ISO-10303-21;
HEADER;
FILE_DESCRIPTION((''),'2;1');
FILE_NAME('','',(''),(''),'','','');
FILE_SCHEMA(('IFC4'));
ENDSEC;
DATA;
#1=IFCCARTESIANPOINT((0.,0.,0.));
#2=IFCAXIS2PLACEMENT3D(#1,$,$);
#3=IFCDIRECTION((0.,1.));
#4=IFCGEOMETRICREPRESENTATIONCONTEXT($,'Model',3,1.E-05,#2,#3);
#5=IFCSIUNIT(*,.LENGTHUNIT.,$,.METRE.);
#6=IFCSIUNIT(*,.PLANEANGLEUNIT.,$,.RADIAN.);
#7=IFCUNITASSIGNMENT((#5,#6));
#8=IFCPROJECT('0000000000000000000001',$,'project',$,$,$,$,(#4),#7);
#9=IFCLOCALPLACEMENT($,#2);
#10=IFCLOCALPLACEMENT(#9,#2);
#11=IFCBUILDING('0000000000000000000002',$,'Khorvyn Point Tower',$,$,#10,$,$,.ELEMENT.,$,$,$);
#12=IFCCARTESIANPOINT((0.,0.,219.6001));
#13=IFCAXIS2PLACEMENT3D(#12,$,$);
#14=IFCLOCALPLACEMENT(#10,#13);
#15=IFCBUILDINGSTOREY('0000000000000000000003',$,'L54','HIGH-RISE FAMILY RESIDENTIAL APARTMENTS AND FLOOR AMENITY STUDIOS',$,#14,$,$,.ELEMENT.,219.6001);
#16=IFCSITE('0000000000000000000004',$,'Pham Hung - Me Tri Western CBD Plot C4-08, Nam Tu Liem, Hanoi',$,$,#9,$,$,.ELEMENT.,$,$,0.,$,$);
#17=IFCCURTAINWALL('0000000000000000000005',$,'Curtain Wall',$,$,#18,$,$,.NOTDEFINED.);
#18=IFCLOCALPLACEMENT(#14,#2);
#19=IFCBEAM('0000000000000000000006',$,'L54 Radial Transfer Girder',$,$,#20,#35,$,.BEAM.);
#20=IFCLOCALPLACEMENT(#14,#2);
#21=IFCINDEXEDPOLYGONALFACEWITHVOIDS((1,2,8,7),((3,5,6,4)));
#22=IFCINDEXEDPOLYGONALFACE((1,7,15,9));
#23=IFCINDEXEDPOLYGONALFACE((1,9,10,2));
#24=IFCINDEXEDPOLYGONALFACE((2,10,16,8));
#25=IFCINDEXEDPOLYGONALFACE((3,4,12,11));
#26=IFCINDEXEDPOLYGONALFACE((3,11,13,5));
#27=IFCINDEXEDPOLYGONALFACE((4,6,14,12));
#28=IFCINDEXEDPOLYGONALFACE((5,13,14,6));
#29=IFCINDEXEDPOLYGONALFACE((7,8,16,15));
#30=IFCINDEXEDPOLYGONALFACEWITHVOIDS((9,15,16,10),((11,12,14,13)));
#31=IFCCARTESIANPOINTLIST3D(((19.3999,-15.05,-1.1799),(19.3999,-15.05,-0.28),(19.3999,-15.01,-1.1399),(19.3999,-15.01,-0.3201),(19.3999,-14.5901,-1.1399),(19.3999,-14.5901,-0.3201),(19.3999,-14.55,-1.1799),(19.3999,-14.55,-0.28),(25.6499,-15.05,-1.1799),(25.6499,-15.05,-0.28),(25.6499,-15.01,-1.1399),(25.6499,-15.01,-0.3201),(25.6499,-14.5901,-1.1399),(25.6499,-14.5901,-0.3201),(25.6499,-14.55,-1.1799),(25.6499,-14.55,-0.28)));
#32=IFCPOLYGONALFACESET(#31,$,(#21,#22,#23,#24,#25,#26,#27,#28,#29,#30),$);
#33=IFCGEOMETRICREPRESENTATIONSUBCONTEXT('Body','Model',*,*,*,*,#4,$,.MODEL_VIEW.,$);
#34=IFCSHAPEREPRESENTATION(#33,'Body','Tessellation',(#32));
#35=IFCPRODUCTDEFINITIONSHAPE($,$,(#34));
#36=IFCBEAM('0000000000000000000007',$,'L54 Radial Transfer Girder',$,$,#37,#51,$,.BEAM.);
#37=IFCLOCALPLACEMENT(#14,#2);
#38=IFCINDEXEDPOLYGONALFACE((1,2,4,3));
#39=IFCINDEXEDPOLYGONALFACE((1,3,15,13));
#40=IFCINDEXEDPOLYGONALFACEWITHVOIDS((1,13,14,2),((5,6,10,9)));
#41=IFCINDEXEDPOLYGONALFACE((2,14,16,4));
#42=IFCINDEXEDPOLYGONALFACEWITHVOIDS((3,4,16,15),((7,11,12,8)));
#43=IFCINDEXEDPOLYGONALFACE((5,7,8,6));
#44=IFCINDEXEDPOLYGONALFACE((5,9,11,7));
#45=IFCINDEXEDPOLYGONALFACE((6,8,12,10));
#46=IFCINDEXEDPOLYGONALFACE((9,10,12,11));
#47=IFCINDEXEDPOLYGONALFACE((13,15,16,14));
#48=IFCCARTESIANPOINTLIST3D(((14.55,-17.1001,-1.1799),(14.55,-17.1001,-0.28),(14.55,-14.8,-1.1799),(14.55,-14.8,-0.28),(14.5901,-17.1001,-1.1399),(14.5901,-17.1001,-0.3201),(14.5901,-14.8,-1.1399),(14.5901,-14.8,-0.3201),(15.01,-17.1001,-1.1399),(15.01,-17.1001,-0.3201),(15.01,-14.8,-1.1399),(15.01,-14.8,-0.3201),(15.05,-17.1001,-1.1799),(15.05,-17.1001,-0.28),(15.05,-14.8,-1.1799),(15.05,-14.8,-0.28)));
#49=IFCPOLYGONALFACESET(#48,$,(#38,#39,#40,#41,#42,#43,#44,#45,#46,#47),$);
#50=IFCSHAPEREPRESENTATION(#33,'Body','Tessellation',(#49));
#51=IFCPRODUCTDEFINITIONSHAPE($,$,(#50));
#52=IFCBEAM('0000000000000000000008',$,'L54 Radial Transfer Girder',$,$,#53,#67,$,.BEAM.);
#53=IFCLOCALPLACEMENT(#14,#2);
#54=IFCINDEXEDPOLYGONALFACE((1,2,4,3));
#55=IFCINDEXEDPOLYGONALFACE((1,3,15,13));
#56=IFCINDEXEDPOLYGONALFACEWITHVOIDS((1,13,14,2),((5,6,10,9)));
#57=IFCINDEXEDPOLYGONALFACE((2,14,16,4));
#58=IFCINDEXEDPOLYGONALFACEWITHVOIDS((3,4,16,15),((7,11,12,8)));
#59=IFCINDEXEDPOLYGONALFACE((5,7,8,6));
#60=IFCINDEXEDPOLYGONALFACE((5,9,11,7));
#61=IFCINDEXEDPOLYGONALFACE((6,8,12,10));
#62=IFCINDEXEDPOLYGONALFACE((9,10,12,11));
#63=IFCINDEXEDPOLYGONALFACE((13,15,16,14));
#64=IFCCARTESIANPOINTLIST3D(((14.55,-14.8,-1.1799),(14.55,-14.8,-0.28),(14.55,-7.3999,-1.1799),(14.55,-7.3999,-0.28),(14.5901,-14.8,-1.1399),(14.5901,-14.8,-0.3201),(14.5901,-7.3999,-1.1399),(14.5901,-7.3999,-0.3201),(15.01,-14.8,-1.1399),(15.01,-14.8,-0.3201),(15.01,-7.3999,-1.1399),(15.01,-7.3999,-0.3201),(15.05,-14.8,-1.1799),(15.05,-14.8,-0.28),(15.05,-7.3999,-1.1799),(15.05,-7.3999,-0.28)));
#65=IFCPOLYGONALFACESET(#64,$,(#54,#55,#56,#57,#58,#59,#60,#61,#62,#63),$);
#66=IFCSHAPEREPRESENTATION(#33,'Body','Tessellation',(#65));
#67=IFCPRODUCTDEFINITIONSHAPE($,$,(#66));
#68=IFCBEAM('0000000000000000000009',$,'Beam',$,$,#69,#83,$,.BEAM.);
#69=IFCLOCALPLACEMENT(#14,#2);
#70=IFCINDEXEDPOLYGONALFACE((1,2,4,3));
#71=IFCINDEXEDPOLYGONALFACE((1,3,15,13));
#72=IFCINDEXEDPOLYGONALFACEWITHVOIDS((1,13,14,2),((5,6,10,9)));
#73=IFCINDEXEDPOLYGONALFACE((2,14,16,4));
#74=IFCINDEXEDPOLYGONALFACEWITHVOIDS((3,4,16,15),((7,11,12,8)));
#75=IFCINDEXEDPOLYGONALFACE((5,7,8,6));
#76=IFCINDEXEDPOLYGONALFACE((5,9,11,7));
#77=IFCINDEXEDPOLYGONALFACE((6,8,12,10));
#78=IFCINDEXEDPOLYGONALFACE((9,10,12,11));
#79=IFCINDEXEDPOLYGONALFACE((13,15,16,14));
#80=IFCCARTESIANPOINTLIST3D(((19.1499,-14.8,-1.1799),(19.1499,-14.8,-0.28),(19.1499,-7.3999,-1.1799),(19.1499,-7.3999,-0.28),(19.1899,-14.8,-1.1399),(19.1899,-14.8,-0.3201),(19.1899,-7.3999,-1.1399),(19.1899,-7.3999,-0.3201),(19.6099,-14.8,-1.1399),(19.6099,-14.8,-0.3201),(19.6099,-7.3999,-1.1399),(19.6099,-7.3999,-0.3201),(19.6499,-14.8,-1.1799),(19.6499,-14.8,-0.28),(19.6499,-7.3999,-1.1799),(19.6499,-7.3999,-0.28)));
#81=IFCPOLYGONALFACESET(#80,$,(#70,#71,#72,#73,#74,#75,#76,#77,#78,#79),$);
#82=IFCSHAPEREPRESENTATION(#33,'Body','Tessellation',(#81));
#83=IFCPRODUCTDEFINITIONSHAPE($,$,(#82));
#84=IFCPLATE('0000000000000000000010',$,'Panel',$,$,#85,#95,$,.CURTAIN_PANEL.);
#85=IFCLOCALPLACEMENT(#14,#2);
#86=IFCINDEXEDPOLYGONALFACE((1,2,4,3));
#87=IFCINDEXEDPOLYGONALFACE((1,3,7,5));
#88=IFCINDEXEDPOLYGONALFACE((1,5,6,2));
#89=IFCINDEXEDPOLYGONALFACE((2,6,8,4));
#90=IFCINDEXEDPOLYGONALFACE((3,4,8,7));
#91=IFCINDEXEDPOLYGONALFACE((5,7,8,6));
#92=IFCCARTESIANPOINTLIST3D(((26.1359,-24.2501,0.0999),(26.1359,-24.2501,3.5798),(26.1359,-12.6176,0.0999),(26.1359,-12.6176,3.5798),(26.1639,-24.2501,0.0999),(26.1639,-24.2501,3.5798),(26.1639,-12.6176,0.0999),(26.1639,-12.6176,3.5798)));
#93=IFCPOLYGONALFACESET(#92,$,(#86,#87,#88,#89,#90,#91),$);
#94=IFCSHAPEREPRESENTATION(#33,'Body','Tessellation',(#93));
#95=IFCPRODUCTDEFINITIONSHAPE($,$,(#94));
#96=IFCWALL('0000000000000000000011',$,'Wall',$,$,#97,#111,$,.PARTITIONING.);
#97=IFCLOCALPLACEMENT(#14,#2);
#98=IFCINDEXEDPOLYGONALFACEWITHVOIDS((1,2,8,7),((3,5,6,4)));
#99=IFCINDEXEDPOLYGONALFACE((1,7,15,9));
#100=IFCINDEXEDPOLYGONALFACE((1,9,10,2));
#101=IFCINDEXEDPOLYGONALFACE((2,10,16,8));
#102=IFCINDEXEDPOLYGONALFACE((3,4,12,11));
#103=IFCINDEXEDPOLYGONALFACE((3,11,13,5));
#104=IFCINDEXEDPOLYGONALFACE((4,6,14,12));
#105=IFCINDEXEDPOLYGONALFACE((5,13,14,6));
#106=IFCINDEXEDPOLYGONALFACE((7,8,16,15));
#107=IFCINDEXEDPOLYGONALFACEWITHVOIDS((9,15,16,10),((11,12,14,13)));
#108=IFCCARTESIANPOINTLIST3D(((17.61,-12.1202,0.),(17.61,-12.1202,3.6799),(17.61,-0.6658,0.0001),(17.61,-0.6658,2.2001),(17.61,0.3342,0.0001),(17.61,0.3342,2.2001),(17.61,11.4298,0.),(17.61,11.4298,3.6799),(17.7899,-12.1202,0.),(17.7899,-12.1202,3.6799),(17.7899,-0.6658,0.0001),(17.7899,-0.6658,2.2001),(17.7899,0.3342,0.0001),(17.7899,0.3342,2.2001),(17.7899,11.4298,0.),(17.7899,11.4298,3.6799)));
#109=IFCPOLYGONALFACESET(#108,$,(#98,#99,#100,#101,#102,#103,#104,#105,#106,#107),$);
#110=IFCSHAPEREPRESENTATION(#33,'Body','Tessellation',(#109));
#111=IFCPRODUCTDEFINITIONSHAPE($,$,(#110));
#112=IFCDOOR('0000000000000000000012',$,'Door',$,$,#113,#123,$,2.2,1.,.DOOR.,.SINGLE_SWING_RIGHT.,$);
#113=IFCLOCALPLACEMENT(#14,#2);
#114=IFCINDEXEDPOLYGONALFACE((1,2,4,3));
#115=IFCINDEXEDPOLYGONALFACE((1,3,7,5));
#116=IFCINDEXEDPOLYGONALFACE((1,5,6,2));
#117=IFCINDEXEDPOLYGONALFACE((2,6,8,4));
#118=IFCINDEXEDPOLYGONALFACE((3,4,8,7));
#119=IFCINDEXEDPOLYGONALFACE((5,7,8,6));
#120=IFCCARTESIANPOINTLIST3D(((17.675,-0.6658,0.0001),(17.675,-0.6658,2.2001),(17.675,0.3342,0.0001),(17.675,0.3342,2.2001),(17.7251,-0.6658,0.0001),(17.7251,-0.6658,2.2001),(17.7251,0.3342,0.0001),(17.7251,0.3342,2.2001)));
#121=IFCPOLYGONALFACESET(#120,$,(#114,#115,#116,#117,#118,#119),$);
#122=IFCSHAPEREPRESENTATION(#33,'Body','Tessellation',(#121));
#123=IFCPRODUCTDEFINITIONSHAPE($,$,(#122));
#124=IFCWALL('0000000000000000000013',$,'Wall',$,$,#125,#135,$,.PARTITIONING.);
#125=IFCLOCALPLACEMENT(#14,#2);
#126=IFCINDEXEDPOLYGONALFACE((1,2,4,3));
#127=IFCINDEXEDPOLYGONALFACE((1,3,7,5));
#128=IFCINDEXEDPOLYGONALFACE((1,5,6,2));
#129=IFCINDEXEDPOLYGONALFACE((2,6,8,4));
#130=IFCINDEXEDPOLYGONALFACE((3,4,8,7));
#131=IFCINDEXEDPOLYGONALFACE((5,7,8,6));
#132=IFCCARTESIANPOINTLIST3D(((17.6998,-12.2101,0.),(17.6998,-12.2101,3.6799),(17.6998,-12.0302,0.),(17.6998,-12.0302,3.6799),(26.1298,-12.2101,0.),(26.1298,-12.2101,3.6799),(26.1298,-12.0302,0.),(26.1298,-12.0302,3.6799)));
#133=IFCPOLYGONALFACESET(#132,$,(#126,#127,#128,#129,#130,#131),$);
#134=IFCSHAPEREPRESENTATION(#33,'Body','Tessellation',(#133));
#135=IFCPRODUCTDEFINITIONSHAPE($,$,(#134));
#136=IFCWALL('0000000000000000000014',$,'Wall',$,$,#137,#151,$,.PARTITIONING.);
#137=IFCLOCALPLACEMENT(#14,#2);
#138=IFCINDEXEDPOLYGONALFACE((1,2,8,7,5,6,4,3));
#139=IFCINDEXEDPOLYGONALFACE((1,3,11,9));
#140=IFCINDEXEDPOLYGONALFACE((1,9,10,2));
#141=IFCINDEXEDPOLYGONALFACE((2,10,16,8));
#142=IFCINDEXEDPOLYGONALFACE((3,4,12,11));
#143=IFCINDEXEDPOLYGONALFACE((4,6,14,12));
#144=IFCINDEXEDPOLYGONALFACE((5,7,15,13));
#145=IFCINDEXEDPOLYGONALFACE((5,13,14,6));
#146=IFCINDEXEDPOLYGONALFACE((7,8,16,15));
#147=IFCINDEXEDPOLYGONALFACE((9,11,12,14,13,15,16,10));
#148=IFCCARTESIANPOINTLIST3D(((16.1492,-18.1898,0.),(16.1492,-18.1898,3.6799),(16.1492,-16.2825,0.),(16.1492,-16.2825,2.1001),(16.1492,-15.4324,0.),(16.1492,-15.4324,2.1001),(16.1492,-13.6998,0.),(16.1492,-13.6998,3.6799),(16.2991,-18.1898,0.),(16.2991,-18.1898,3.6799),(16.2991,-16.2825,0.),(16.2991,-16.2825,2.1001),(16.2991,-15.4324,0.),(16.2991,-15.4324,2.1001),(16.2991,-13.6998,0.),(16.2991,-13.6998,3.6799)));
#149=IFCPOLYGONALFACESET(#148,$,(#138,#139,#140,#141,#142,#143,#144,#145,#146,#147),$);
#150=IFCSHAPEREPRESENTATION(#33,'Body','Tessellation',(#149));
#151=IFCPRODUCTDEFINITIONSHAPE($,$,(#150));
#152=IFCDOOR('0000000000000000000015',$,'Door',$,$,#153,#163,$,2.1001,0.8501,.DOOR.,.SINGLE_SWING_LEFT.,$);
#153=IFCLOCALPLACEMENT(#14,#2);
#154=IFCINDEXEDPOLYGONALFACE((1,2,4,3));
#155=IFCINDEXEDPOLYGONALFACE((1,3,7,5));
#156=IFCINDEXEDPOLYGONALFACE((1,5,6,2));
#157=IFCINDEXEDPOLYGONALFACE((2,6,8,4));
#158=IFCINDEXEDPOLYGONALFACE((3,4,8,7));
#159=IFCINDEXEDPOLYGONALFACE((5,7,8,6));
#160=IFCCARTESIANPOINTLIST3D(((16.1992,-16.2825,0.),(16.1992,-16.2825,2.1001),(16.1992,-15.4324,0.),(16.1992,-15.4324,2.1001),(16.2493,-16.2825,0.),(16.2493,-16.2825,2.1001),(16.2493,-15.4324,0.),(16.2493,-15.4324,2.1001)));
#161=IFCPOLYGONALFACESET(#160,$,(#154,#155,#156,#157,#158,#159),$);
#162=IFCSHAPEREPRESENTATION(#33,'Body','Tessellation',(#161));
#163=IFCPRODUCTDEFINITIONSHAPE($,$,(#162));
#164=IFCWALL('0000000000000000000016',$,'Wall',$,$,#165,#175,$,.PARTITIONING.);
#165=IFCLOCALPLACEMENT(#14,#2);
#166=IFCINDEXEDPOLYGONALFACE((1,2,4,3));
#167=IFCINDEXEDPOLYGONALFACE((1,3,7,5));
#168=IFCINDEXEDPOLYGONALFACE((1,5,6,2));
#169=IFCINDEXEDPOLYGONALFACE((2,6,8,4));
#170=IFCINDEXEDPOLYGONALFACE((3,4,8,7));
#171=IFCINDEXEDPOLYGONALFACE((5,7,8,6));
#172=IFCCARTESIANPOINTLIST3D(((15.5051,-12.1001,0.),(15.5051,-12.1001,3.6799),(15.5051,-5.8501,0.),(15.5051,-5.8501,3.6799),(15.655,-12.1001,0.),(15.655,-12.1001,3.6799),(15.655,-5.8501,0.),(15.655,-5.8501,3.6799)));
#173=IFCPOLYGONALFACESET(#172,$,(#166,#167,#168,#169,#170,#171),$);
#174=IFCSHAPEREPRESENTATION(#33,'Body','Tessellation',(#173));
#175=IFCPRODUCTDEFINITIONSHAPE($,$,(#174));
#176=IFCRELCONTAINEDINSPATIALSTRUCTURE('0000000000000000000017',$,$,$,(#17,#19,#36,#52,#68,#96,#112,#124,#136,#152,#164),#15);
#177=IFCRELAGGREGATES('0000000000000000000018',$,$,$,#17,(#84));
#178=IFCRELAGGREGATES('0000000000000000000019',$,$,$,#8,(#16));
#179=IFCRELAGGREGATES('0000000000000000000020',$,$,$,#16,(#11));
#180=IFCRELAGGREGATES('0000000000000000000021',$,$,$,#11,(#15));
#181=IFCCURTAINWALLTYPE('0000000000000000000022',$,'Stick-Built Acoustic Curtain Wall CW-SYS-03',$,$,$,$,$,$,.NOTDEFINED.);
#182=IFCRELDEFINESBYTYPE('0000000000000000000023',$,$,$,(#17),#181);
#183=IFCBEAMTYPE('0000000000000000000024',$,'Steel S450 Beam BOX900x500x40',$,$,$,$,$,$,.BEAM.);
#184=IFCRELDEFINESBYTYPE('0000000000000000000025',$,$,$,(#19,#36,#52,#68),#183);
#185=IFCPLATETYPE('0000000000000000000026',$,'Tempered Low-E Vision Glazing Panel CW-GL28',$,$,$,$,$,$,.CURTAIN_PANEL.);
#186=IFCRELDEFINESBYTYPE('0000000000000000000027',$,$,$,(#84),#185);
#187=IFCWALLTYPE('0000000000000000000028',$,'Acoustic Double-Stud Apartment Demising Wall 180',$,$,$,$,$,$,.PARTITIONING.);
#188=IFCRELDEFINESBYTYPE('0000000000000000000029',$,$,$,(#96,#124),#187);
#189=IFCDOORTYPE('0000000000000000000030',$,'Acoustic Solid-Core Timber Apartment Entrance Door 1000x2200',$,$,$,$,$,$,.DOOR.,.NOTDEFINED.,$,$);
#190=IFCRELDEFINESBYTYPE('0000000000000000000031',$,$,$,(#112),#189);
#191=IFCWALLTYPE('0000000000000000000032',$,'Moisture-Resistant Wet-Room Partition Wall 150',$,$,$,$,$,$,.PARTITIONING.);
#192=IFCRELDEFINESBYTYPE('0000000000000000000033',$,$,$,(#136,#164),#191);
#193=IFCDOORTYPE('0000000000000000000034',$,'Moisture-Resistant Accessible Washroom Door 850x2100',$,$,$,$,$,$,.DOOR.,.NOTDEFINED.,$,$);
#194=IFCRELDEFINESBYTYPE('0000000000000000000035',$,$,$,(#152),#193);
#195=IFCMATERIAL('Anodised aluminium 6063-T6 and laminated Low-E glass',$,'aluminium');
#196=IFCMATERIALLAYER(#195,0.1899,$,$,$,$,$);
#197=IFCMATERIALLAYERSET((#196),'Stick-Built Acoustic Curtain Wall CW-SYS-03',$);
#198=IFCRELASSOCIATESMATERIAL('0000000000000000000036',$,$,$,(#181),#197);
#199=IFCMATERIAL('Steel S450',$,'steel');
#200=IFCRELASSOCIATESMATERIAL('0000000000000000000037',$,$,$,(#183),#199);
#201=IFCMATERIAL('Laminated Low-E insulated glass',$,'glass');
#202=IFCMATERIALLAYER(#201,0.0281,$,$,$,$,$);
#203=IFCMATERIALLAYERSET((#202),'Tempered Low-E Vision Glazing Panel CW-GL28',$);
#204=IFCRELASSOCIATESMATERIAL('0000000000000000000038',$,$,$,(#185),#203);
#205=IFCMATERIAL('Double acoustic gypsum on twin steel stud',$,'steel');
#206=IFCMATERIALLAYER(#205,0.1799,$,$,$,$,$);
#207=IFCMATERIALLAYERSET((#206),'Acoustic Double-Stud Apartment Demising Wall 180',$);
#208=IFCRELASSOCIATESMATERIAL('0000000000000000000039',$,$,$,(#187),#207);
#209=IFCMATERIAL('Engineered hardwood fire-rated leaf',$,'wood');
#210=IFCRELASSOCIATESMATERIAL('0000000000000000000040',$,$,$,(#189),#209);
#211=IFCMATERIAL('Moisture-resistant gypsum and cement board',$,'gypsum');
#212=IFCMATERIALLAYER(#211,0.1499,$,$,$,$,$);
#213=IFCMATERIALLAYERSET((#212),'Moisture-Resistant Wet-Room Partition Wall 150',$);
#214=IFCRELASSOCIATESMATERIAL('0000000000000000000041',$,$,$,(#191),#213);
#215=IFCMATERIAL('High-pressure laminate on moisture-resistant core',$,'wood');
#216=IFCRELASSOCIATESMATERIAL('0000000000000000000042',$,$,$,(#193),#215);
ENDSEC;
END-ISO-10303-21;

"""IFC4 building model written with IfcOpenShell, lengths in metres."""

from ifc_helpers import new_model, si_unit, direction, frame, frame_2d, origin, origin_2d, place, context, subcontext, project, spatial, rectangle, hollow_rectangle, extrude, material, layer, layer_set, material_profile, profile_set, type_object, element, fill, aggregate, save


model = new_model("IFC4")

# Units and contexts
model_context = context("Model", 3, precision=1e-05, world=origin(), true_north=direction((0.0, 1.0)))
body_context = subcontext(model_context, "Body", "Model", "MODEL_VIEW")
ifc_project = project(units=[si_unit("LENGTHUNIT", "METRE"), si_unit("PLANEANGLEUNIT", "RADIAN")], contexts=[model_context])

# Site, building, storey
site_placement = place(None, origin())
site = spatial("IfcSite", under=ifc_project, at=site_placement, Name="Pham Hung - Me Tri Western CBD Plot C4-08, Nam Tu Liem, Hanoi", CompositionType="ELEMENT", RefElevation=0.0)
building_placement = place(site_placement, origin())
building = spatial("IfcBuilding", under=site, at=building_placement, Name="Khorvyn Point Tower", CompositionType="ELEMENT")
storey_placement = place(building_placement, frame((0.0, 0.0, 219.6001)))
storey = spatial("IfcBuildingStorey", under=building, at=storey_placement, Name="L54", Description="HIGH-RISE FAMILY RESIDENTIAL APARTMENTS AND FLOOR AMENITY STUDIOS", CompositionType="ELEMENT", Elevation=219.6001)

# Shared definitions
ifc_material_1 = material(Name="Steel S450", Category="steel")

# Curtain wall
ifc_material_2 = material(Name="Anodised aluminium 6063-T6 and laminated Low-E glass", Category="aluminium")
ifc_layer_1 = layer(ifc_material_2, 0.1899)
ifc_layer_set_1 = layer_set([ifc_layer_1], Name="Stick-Built Acoustic Curtain Wall CW-SYS-03")
curtain_wall_type = type_object("IfcCurtainWallType", Name="Stick-Built Acoustic Curtain Wall CW-SYS-03", PredefinedType="NOTDEFINED", material=ifc_layer_set_1)
curtain_wall_placement = place(storey_placement, origin())
curtain_wall = element("IfcCurtainWall", 1, at=curtain_wall_placement, inside=storey, type_object=curtain_wall_type, Name="Curtain Wall", PredefinedType="NOTDEFINED")

# Beams
ifc_material_profile_1 = material_profile(ifc_material_1, hollow_rectangle(XDim=0.5, YDim=0.8999, WallThickness=0.04, at=origin_2d()))
ifc_profile_set_1 = profile_set([ifc_material_profile_1], Name="Steel S450 BOX900x500x40")
beam_type_1 = type_object("IfcBeamType", Name="Steel S450 Beam BOX900x500x40", PredefinedType="BEAM", material=ifc_profile_set_1)
beam_1_placement = place(storey_placement, frame((19.3999, -14.8, -0.73), z_axis=(1.0, 0.0, 0.0), x_axis=(0.0, 1.0, 0.0)))
element("IfcBeam", 2, at=beam_1_placement, inside=storey, type_object=beam_type_1, Name="L54 Radial Transfer Girder", PredefinedType="BEAM", context=body_context, shape_type="SweptSolid", body=[
    extrude(hollow_rectangle(XDim=0.5, YDim=0.8999, WallThickness=0.04, at=origin_2d()), origin(), (0.0, 0.0, 1.0), 6.25),
])
beam_2_placement = place(storey_placement, frame((14.8, -17.1001, -0.73), z_axis=(0.0, 1.0, 0.0), x_axis=(-1.0, 0.0, 0.0)))
element("IfcBeam", 3, at=beam_2_placement, inside=storey, type_object=beam_type_1, Name="L54 Radial Transfer Girder", PredefinedType="BEAM", context=body_context, shape_type="SweptSolid", body=[
    extrude(hollow_rectangle(XDim=0.5, YDim=0.8999, WallThickness=0.04, at=origin_2d()), origin(), (0.0, 0.0, 1.0), 2.3),
])
for number, where, z_axis, x_axis, name in (
    (4, (14.8, -14.8, -0.73), (0.0, 1.0, 0.0), (-1.0, 0.0, 0.0), "L54 Radial Transfer Girder"),
    (5, (19.3999, -14.8, -0.73), (0.0, 1.0, 0.0), (-1.0, 0.0, 0.0), "Beam"),
):
    element("IfcBeam", number, at=place(storey_placement, frame(where, z_axis=z_axis, x_axis=x_axis)), inside=storey, type_object=beam_type_1, Name=name, PredefinedType="BEAM", context=body_context, shape_type="SweptSolid", body=[
        extrude(hollow_rectangle(XDim=0.5, YDim=0.8999, WallThickness=0.04, at=origin_2d()), origin(), (0.0, 0.0, 1.0), 7.4001),
    ])

# Plate
ifc_material_3 = material(Name="Laminated Low-E insulated glass", Category="glass")
ifc_layer_2 = layer(ifc_material_3, 0.0281)
ifc_layer_set_2 = layer_set([ifc_layer_2], Name="Tempered Low-E Vision Glazing Panel CW-GL28")
plate_type = type_object("IfcPlateType", Name="Tempered Low-E Vision Glazing Panel CW-GL28", PredefinedType="CURTAIN_PANEL", material=ifc_layer_set_2)
plate_placement = place(storey_placement, frame((26.1499, -18.4338, 0.0999), z_axis=(0.0, 0.0, 1.0), x_axis=(0.0, -1.0, 0.0)))
plate = element("IfcPlate", 6, at=plate_placement, type_object=plate_type, Name="Panel", PredefinedType="CURTAIN_PANEL", context=body_context, shape_type="SweptSolid", body=[
    extrude(rectangle(XDim=11.6326, YDim=0.0281, at=origin_2d()), origin(), (0.0, 0.0, 1.0), 3.48),
])
aggregate(curtain_wall, [plate])

# Wall, opening, door
ifc_material_4 = material(Name="Double acoustic gypsum on twin steel stud", Category="steel")
ifc_layer_3 = layer(ifc_material_4, 0.1799)
ifc_layer_set_3 = layer_set([ifc_layer_3], Name="Acoustic Double-Stud Apartment Demising Wall 180")
wall_type_1 = type_object("IfcWallType", Name="Acoustic Double-Stud Apartment Demising Wall 180", PredefinedType="PARTITIONING", material=ifc_layer_set_3)
wall_1_placement = place(storey_placement, frame((17.7, -12.1201, 0.0), z_axis=(0.0, 0.0, 1.0), x_axis=(0.0, 1.0, 0.0)))
wall_1 = element("IfcWall", 7, at=wall_1_placement, inside=storey, type_object=wall_type_1, Name="Wall", PredefinedType="PARTITIONING", context=body_context, shape_type="SweptSolid", body=[
    extrude(rectangle(XDim=23.55, YDim=0.1799, at=frame_2d((11.7749, 0.0))), origin(), (0.0, 0.0, 1.0), 3.6799),
])
opening_1_placement = place(wall_1_placement, frame((11.4543, 0.0, 0.0)))
opening_1 = element("IfcOpeningElement", 8, at=opening_1_placement, cuts=wall_1, PredefinedType="OPENING", context=body_context, shape_type="SweptSolid", body=[
    extrude(rectangle(XDim=1.0, YDim=2.2, at=frame_2d((0.5, 1.1001))), frame((0.0, 0.0999, 0.0), z_axis=(0.0, -1.0, 0.0), x_axis=(1.0, 0.0, 0.0)), (0.0, 0.0, 1.0), 0.2),
])
ifc_material_5 = material(Name="Engineered hardwood fire-rated leaf", Category="wood")
door_type_1 = type_object("IfcDoorType", Name="Acoustic Solid-Core Timber Apartment Entrance Door 1000x2200", OperationType="NOTDEFINED", PredefinedType="DOOR", material=ifc_material_5)
door_1_placement = place(opening_1_placement, origin())
door_1 = element("IfcDoor", 9, at=door_1_placement, inside=storey, type_object=door_type_1, Name="Door", OperationType="SINGLE_SWING_RIGHT", OverallHeight=2.2, OverallWidth=1.0, PredefinedType="DOOR", context=body_context, shape_type="SweptSolid", body=[
    extrude(rectangle(XDim=1.0, YDim=2.2, at=frame_2d((0.5, 1.1001))), frame((0.0, 0.0249, 0.0), z_axis=(0.0, -1.0, 0.0), x_axis=(1.0, 0.0, 0.0)), (0.0, 0.0, 1.0), 0.05),
])
fill(opening_1, door_1)

# Wall
wall_2_placement = place(storey_placement, frame((17.7, -12.1201, 0.0), z_axis=(0.0, 0.0, 1.0), x_axis=(1.0, 0.0, 0.0)))
element("IfcWall", 10, at=wall_2_placement, inside=storey, type_object=wall_type_1, Name="Wall", PredefinedType="PARTITIONING", context=body_context, shape_type="SweptSolid", body=[
    extrude(rectangle(XDim=8.4299, YDim=0.1799, at=frame_2d((4.2148, 0.0))), origin(), (0.0, 0.0, 1.0), 3.6799),
])

# Wall, opening, door
ifc_material_6 = material(Name="Moisture-resistant gypsum and cement board", Category="gypsum")
ifc_layer_4 = layer(ifc_material_6, 0.1499)
ifc_layer_set_4 = layer_set([ifc_layer_4], Name="Moisture-Resistant Wet-Room Partition Wall 150")
wall_type_2 = type_object("IfcWallType", Name="Moisture-Resistant Wet-Room Partition Wall 150", PredefinedType="PARTITIONING", material=ifc_layer_set_4)
wall_3_placement = place(storey_placement, frame((16.2241, -18.1899, 0.0), z_axis=(0.0, 0.0, 1.0), x_axis=(0.0, 1.0, 0.0)))
wall_3 = element("IfcWall", 11, at=wall_3_placement, inside=storey, type_object=wall_type_2, Name="Wall", PredefinedType="PARTITIONING", context=body_context, shape_type="SweptSolid", body=[
    extrude(rectangle(XDim=4.49, YDim=0.1499, at=frame_2d((2.2451, 0.0))), origin(), (0.0, 0.0, 1.0), 3.6799),
])
opening_2_placement = place(wall_3_placement, frame((1.9075, 0.0, 0.0)))
opening_2 = element("IfcOpeningElement", 12, at=opening_2_placement, cuts=wall_3, PredefinedType="OPENING", context=body_context, shape_type="SweptSolid", body=[
    extrude(rectangle(XDim=0.8501, YDim=2.1001, at=frame_2d((0.425, 1.05))), frame((0.0, 0.085, 0.0), z_axis=(0.0, -1.0, 0.0), x_axis=(1.0, 0.0, 0.0)), (0.0, 0.0, 1.0), 0.1699),
])
ifc_material_7 = material(Name="High-pressure laminate on moisture-resistant core", Category="wood")
door_type_2 = type_object("IfcDoorType", Name="Moisture-Resistant Accessible Washroom Door 850x2100", OperationType="NOTDEFINED", PredefinedType="DOOR", material=ifc_material_7)
door_2_placement = place(opening_2_placement, origin())
door_2 = element("IfcDoor", 13, at=door_2_placement, inside=storey, type_object=door_type_2, Name="Door", OperationType="SINGLE_SWING_LEFT", OverallHeight=2.1001, OverallWidth=0.8501, PredefinedType="DOOR", context=body_context, shape_type="SweptSolid", body=[
    extrude(rectangle(XDim=0.8501, YDim=2.1001, at=frame_2d((0.425, 1.05))), frame((0.0, 0.0249, 0.0), z_axis=(0.0, -1.0, 0.0), x_axis=(1.0, 0.0, 0.0)), (0.0, 0.0, 1.0), 0.05),
])
fill(opening_2, door_2)

# Wall
wall_4_placement = place(storey_placement, frame((15.5801, -12.1001, 0.0), z_axis=(0.0, 0.0, 1.0), x_axis=(0.0, 1.0, 0.0)))
element("IfcWall", 14, at=wall_4_placement, inside=storey, type_object=wall_type_2, Name="Wall", PredefinedType="PARTITIONING", context=body_context, shape_type="SweptSolid", body=[
    extrude(rectangle(XDim=6.25, YDim=0.1499, at=frame_2d((3.125, 0.0))), origin(), (0.0, 0.0, 1.0), 3.6799),
])

save(model, "model.ifc")
